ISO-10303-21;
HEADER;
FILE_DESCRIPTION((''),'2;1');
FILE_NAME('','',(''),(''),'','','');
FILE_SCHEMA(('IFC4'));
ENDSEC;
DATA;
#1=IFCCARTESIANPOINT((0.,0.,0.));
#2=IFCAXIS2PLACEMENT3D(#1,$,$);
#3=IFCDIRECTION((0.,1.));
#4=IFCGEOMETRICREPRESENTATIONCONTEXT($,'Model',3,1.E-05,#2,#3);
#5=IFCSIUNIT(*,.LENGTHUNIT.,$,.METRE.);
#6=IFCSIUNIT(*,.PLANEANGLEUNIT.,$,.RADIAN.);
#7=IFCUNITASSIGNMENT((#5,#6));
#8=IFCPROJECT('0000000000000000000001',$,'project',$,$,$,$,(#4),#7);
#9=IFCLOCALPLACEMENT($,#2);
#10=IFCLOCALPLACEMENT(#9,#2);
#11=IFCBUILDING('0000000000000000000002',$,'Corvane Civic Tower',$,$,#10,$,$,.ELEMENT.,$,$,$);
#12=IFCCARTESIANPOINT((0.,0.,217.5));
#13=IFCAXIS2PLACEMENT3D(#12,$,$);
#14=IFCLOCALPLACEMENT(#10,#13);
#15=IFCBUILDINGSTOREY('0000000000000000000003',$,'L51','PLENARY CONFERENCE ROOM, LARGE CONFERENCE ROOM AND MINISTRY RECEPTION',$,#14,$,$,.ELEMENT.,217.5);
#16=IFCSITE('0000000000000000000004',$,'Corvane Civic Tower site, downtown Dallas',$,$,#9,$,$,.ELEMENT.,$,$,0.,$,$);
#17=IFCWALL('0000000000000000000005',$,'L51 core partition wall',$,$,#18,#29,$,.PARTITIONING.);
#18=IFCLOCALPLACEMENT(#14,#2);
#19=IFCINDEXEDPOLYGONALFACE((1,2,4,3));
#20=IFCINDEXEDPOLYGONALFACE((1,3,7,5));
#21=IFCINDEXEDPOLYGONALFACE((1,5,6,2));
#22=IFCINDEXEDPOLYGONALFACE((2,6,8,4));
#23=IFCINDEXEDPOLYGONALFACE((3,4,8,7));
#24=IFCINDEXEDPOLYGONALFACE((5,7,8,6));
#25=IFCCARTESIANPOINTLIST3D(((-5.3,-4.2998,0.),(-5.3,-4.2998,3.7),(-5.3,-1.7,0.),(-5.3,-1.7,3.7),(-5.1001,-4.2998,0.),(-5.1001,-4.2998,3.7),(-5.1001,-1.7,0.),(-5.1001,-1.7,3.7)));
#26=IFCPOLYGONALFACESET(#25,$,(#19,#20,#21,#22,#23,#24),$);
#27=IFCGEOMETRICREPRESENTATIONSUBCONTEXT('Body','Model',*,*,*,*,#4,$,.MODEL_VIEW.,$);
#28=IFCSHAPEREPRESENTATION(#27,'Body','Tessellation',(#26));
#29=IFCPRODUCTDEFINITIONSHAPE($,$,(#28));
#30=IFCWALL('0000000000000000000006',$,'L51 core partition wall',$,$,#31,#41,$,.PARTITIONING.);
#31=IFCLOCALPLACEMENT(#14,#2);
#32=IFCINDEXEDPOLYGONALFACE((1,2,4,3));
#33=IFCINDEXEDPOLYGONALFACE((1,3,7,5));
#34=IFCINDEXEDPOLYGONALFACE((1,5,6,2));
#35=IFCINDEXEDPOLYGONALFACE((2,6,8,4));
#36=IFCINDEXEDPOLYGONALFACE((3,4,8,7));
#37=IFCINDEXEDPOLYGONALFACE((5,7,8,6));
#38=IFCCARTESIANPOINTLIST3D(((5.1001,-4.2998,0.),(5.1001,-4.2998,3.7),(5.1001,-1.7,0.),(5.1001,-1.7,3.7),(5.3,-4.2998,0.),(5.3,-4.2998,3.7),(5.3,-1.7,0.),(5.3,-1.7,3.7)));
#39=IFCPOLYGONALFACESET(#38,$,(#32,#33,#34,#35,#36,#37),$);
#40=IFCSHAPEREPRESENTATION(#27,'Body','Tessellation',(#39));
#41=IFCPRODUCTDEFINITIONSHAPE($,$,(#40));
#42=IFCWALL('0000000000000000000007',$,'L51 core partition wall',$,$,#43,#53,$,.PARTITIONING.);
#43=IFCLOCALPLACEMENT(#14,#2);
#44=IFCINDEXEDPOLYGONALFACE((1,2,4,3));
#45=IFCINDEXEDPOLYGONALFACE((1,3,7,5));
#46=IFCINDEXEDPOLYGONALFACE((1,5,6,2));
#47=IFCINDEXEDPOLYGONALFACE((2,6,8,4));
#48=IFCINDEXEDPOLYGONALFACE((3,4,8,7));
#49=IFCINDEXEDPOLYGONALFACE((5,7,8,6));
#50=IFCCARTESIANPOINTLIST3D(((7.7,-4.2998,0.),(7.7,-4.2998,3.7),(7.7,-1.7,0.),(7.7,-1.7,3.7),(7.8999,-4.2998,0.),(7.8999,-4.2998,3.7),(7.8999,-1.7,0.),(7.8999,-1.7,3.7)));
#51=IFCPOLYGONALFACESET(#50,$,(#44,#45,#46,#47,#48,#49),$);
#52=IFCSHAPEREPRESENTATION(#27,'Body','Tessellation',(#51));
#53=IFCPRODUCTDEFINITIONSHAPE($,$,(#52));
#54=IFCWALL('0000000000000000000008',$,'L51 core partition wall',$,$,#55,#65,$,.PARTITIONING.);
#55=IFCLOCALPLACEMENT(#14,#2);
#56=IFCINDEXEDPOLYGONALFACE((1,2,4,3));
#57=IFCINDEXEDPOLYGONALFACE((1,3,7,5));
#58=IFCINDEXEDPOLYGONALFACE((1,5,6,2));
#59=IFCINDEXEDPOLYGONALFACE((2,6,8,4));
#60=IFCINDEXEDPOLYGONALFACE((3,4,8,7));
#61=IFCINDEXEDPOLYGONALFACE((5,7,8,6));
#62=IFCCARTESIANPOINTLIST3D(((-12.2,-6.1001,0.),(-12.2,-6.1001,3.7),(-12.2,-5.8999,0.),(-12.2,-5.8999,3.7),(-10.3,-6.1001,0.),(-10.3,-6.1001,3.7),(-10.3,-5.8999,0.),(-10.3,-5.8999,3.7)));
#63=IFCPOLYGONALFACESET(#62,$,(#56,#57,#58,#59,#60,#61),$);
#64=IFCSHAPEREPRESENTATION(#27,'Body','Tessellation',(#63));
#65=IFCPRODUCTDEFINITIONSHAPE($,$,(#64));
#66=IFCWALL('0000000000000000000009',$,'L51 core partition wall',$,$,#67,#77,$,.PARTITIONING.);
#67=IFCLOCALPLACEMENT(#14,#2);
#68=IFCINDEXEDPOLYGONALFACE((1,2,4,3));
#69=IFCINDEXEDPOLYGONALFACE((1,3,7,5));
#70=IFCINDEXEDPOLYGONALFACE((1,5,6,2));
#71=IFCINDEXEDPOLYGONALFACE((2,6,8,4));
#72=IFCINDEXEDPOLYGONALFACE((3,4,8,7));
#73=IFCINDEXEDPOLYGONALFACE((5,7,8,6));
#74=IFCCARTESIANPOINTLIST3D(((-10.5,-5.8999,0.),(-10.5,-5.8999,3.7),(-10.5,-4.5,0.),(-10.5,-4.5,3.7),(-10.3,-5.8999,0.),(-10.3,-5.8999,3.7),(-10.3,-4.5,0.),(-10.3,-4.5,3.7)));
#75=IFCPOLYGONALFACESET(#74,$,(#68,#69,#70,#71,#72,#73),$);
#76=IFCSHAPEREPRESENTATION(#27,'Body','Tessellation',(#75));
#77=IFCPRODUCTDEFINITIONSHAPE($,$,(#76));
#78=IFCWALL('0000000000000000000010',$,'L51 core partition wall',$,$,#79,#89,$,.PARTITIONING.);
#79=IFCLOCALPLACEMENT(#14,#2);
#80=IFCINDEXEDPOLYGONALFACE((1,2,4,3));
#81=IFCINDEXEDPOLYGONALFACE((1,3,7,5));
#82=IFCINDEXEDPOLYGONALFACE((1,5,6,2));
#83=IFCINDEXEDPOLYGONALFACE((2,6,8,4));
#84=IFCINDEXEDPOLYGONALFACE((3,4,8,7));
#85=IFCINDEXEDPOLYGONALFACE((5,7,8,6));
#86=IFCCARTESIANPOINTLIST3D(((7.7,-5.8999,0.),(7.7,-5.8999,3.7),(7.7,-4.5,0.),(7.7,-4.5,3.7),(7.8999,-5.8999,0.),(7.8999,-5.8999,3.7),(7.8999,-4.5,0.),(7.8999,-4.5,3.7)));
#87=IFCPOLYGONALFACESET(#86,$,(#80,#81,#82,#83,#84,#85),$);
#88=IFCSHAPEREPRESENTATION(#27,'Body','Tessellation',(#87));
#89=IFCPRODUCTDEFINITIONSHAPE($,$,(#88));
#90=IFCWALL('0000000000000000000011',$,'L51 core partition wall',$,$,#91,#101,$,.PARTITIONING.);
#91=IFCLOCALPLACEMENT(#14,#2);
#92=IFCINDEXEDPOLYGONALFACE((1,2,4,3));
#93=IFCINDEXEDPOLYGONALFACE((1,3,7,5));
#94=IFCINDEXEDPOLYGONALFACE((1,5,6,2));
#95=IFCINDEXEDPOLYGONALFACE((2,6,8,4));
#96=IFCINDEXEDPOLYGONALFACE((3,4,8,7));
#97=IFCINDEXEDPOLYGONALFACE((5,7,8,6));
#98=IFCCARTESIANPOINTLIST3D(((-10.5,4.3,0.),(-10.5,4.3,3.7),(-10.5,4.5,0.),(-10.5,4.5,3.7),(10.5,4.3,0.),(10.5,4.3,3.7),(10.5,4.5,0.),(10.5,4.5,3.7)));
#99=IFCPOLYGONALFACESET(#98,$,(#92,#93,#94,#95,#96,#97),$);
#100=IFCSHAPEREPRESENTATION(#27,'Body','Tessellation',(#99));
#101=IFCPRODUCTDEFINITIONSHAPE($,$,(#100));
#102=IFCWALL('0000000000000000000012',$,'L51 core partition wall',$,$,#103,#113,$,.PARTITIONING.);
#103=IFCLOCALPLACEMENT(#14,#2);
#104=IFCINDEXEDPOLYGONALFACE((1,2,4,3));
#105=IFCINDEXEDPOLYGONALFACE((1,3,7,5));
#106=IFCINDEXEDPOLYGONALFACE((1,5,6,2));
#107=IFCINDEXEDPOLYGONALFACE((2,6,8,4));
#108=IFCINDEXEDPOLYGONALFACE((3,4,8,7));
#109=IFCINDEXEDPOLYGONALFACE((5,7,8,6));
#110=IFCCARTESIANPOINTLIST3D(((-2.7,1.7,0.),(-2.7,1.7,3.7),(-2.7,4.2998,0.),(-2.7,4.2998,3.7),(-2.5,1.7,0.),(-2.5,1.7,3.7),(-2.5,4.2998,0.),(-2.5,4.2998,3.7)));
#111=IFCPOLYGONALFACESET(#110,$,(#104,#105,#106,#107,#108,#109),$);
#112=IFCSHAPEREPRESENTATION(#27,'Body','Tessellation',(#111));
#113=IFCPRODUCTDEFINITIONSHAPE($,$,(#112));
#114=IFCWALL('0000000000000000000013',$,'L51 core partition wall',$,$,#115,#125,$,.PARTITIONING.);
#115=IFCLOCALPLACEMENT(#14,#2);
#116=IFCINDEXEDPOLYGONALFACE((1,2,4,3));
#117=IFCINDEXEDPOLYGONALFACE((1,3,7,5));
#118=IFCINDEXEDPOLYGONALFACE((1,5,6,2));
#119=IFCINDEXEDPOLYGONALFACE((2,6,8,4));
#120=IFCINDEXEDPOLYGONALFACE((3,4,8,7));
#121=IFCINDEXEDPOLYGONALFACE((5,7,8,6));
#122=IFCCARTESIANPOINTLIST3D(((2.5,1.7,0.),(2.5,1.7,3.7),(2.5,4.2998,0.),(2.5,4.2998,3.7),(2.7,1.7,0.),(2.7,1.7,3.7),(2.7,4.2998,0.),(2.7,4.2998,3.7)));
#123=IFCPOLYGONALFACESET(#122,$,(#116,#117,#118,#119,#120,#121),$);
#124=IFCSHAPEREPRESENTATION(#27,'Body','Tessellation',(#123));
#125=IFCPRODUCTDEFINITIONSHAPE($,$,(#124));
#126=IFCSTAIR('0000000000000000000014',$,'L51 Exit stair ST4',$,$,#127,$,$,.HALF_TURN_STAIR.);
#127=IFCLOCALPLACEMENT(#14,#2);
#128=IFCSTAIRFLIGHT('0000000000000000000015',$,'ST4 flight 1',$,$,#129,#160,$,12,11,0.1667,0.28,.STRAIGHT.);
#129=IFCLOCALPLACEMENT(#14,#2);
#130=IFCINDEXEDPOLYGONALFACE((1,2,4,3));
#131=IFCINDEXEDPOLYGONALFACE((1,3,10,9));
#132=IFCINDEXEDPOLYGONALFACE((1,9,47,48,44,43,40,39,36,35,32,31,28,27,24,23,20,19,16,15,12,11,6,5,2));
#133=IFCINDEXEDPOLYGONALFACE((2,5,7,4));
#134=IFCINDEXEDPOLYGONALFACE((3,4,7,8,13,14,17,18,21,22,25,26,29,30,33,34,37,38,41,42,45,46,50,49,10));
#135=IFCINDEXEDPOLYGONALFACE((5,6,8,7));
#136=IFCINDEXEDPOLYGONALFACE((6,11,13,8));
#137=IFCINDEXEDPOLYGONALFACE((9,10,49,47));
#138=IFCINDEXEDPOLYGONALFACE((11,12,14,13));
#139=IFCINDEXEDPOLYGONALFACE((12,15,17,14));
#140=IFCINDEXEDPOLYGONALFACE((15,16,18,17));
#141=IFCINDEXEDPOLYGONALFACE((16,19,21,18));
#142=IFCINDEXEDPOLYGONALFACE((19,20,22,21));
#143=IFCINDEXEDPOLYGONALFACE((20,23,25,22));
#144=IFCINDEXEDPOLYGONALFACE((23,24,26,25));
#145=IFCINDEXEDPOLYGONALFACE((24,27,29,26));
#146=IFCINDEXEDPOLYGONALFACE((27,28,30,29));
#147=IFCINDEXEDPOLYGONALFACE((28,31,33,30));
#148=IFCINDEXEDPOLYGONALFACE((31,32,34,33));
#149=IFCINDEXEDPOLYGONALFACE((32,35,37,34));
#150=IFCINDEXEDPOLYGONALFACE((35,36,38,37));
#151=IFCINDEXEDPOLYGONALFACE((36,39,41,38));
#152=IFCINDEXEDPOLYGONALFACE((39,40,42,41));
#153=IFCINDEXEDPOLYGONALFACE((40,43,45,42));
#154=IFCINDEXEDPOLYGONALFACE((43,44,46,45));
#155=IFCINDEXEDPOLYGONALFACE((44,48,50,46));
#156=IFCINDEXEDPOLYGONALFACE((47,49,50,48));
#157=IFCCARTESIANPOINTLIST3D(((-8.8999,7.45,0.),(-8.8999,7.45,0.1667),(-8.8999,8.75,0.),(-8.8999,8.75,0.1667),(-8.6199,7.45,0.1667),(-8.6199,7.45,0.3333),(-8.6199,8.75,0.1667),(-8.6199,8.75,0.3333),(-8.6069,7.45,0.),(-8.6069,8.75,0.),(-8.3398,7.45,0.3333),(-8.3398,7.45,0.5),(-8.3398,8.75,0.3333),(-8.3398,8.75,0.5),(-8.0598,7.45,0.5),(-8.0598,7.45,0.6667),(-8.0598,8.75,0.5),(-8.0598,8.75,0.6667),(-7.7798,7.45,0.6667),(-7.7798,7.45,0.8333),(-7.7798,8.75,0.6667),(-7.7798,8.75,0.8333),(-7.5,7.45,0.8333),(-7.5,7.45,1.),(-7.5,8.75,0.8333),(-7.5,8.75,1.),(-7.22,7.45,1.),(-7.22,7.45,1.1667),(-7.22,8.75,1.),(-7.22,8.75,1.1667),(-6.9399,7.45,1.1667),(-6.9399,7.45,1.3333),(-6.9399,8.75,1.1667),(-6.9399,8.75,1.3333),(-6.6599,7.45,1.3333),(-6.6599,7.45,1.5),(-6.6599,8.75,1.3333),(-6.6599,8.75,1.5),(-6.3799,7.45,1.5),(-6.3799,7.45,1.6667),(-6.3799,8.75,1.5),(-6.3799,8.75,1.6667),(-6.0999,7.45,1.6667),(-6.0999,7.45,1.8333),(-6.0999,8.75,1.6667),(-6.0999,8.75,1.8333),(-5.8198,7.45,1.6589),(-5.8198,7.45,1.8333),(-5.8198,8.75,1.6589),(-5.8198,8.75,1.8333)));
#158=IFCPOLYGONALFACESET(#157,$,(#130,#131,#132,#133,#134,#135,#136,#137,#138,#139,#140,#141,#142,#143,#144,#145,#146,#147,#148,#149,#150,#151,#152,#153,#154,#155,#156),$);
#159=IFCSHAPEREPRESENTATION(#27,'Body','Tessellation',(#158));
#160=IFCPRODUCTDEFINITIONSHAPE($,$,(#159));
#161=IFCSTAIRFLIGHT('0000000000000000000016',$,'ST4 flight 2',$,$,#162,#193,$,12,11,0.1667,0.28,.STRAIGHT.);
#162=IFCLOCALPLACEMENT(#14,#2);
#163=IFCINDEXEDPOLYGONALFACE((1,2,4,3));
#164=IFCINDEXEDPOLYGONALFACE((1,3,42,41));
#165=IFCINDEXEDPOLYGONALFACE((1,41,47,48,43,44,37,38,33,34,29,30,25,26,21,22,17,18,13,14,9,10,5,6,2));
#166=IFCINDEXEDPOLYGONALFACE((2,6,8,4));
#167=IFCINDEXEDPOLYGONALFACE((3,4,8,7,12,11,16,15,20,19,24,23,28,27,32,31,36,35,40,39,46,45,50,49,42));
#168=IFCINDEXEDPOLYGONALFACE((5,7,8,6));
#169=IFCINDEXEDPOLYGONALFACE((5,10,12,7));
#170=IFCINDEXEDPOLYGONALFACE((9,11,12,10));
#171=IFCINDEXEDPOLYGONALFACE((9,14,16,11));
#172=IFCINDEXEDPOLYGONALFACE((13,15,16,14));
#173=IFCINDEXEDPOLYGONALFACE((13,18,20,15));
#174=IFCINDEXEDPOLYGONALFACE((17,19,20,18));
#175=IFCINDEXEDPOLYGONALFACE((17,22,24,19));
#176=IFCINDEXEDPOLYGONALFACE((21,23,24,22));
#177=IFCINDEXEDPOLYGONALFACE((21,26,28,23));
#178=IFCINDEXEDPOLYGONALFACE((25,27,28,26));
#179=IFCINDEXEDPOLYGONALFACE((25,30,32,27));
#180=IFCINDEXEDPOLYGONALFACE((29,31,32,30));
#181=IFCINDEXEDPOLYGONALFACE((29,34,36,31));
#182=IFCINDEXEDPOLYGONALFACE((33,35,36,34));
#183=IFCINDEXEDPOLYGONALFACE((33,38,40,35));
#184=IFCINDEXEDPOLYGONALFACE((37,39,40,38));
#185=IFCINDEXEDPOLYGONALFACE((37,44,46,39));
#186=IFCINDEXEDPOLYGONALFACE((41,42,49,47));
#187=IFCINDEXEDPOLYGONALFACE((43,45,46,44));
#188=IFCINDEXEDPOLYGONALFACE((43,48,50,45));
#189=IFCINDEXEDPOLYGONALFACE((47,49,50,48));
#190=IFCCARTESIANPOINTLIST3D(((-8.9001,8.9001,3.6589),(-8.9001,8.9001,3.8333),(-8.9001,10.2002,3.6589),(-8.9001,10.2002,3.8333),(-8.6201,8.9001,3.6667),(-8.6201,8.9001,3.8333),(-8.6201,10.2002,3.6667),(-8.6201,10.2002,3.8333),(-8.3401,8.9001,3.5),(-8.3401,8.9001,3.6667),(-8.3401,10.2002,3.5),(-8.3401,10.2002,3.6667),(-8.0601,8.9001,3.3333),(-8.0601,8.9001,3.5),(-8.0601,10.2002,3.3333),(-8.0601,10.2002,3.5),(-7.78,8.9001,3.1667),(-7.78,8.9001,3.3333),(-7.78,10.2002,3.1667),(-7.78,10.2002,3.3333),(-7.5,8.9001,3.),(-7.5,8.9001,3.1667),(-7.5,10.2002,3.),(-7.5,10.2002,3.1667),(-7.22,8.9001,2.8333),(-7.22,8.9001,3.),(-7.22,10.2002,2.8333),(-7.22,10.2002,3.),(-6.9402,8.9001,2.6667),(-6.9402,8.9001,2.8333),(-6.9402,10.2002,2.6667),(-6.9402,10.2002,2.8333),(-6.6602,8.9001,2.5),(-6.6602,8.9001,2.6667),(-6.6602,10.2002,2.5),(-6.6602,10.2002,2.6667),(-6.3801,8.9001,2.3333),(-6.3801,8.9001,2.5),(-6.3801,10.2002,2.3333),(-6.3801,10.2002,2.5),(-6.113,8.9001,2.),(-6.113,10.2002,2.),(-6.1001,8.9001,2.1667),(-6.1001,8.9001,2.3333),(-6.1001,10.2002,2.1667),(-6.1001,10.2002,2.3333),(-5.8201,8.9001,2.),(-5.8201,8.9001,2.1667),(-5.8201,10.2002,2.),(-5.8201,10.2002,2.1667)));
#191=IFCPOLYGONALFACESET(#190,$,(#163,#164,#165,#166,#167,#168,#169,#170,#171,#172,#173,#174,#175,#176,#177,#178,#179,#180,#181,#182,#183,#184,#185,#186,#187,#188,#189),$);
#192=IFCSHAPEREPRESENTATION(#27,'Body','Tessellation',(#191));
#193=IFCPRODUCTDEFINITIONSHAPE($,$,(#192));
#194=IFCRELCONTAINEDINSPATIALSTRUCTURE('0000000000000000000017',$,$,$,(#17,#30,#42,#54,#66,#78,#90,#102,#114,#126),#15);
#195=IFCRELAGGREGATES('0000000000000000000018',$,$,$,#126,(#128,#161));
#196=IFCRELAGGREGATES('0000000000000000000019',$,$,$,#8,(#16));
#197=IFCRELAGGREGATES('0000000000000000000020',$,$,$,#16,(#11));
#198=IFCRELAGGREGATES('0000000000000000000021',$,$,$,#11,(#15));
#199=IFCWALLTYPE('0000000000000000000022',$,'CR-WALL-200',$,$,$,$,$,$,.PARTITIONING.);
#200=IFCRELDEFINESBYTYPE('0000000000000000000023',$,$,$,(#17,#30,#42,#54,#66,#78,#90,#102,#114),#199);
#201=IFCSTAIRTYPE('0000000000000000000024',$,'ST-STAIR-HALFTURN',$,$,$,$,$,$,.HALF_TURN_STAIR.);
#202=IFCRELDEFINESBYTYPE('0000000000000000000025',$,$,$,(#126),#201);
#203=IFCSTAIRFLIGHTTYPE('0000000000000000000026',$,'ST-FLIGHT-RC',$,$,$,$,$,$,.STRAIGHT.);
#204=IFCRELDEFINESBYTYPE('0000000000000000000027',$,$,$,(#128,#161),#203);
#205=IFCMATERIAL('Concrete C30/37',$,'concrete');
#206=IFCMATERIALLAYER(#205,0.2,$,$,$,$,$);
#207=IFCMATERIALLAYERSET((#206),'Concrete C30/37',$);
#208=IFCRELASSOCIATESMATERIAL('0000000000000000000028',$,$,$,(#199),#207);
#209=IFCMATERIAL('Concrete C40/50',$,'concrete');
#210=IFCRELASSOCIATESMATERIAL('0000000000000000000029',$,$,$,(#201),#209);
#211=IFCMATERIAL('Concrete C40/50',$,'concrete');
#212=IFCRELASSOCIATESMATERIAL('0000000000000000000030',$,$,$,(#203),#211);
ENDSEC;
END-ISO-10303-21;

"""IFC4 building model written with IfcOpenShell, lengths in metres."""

from ifc_helpers import new_model, si_unit, direction, frame, origin, place, context, subcontext, project, spatial, polyline, outline, extrude, material, layer, layer_set, type_object, element, aggregate, save


model = new_model("IFC4")

# Units and contexts
model_context = context("Model", 3, precision=1e-05, world=origin(), true_north=direction((0.0, 1.0)))
body_context = subcontext(model_context, "Body", "Model", "MODEL_VIEW")
ifc_project = project(units=[si_unit("LENGTHUNIT", "METRE"), si_unit("PLANEANGLEUNIT", "RADIAN")], contexts=[model_context])

# Site, building, storey
site_placement = place(None, origin())
site = spatial("IfcSite", under=ifc_project, at=site_placement, Name="Corvane Civic Tower site, downtown Dallas", CompositionType="ELEMENT", RefElevation=0.0)
building_placement = place(site_placement, origin())
building = spatial("IfcBuilding", under=site, at=building_placement, Name="Corvane Civic Tower", CompositionType="ELEMENT")
storey_placement = place(building_placement, frame((0.0, 0.0, 217.5)))
storey = spatial("IfcBuildingStorey", under=building, at=storey_placement, Name="L51", Description="PLENARY CONFERENCE ROOM, LARGE CONFERENCE ROOM AND MINISTRY RECEPTION", CompositionType="ELEMENT", Elevation=217.5)

# Shared definitions
ifc_material_1 = material(Name="Concrete C30/37", Category="concrete")
ifc_layer = layer(ifc_material_1, 0.2)
ifc_layer_set = layer_set([ifc_layer], Name="Concrete C30/37")
wall_type = type_object("IfcWallType", Name="CR-WALL-200", PredefinedType="PARTITIONING", material=ifc_layer_set)

# Walls
wall_1_placement = place(storey_placement, origin())
element("IfcWall", 1, at=wall_1_placement, inside=storey, type_object=wall_type, Name="L51 core partition wall", PredefinedType="PARTITIONING", context=body_context, shape_type="SweptSolid", body=[
    extrude(outline(polyline([(-5.1001, -1.7), (-5.1001, -4.2998), (-5.3, -4.2998), (-5.3, -1.7), (-5.1001, -1.7)])), origin(), (0.0, 0.0, 1.0), 3.7),
])
wall_2_placement = place(storey_placement, origin())
element("IfcWall", 2, at=wall_2_placement, inside=storey, type_object=wall_type, Name="L51 core partition wall", PredefinedType="PARTITIONING", context=body_context, shape_type="SweptSolid", body=[
    extrude(outline(polyline([(5.3, -1.7), (5.3, -4.2998), (5.1001, -4.2998), (5.1001, -1.7), (5.3, -1.7)])), origin(), (0.0, 0.0, 1.0), 3.7),
])
wall_3_placement = place(storey_placement, origin())
element("IfcWall", 3, at=wall_3_placement, inside=storey, type_object=wall_type, Name="L51 core partition wall", PredefinedType="PARTITIONING", context=body_context, shape_type="SweptSolid", body=[
    extrude(outline(polyline([(7.8999, -1.7), (7.8999, -4.2998), (7.7, -4.2998), (7.7, -1.7), (7.8999, -1.7)])), origin(), (0.0, 0.0, 1.0), 3.7),
])
wall_4_placement = place(storey_placement, origin())
element("IfcWall", 4, at=wall_4_placement, inside=storey, type_object=wall_type, Name="L51 core partition wall", PredefinedType="PARTITIONING", context=body_context, shape_type="SweptSolid", body=[
    extrude(outline(polyline([(-10.3, -6.1001), (-12.2, -6.1001), (-12.2, -5.8999), (-10.3, -5.8999), (-10.3, -6.1001)])), origin(), (0.0, 0.0, 1.0), 3.7),
])
wall_5_placement = place(storey_placement, origin())
element("IfcWall", 5, at=wall_5_placement, inside=storey, type_object=wall_type, Name="L51 core partition wall", PredefinedType="PARTITIONING", context=body_context, shape_type="SweptSolid", body=[
    extrude(outline(polyline([(-10.3, -5.8999), (-10.5, -5.8999), (-10.5, -4.5), (-10.3, -4.5), (-10.3, -5.8999)])), origin(), (0.0, 0.0, 1.0), 3.7),
])
wall_6_placement = place(storey_placement, origin())
element("IfcWall", 6, at=wall_6_placement, inside=storey, type_object=wall_type, Name="L51 core partition wall", PredefinedType="PARTITIONING", context=body_context, shape_type="SweptSolid", body=[
    extrude(outline(polyline([(7.8999, -5.8999), (7.7, -5.8999), (7.7, -4.5), (7.8999, -4.5), (7.8999, -5.8999)])), origin(), (0.0, 0.0, 1.0), 3.7),
])
wall_7_placement = place(storey_placement, origin())
element("IfcWall", 7, at=wall_7_placement, inside=storey, type_object=wall_type, Name="L51 core partition wall", PredefinedType="PARTITIONING", context=body_context, shape_type="SweptSolid", body=[
    extrude(outline(polyline([(10.5, 4.5), (10.5, 4.3), (-10.5, 4.3), (-10.5, 4.5), (10.5, 4.5)])), origin(), (0.0, 0.0, 1.0), 3.7),
])
wall_8_placement = place(storey_placement, origin())
element("IfcWall", 8, at=wall_8_placement, inside=storey, type_object=wall_type, Name="L51 core partition wall", PredefinedType="PARTITIONING", context=body_context, shape_type="SweptSolid", body=[
    extrude(outline(polyline([(-2.5, 1.7), (-2.7, 1.7), (-2.7, 4.2998), (-2.5, 4.2998), (-2.5, 1.7)])), origin(), (0.0, 0.0, 1.0), 3.7),
])
wall_9_placement = place(storey_placement, origin())
element("IfcWall", 9, at=wall_9_placement, inside=storey, type_object=wall_type, Name="L51 core partition wall", PredefinedType="PARTITIONING", context=body_context, shape_type="SweptSolid", body=[
    extrude(outline(polyline([(2.7, 1.7), (2.5, 1.7), (2.5, 4.2998), (2.7, 4.2998), (2.7, 1.7)])), origin(), (0.0, 0.0, 1.0), 3.7),
])

# Stair, stair flights
ifc_material_2 = material(Name="Concrete C40/50", Category="concrete")
stair_type = type_object("IfcStairType", Name="ST-STAIR-HALFTURN", PredefinedType="HALF_TURN_STAIR", material=ifc_material_2)
stair_placement = place(storey_placement, origin())
stair = element("IfcStair", 10, at=stair_placement, inside=storey, type_object=stair_type, Name="L51 Exit stair ST4", PredefinedType="HALF_TURN_STAIR")
ifc_material_3 = material(Name="Concrete C40/50", Category="concrete")
stair_flight_type = type_object("IfcStairFlightType", Name="ST-FLIGHT-RC", PredefinedType="STRAIGHT", material=ifc_material_3)
stair_flight_1_placement = place(storey_placement, frame((-8.8999, 8.1001, 0.0), z_axis=(0.0, 0.0, 1.0), x_axis=(1.0, 0.0, 0.0)))
stair_flight_1 = element("IfcStairFlight", 11, at=stair_flight_1_placement, type_object=stair_flight_type, Name="ST4 flight 1", NumberOfRisers=12, NumberOfTreads=11, PredefinedType="STRAIGHT", RiserHeight=0.1667, TreadLength=0.28, context=body_context, shape_type="SweptSolid", body=[
    extrude(outline(polyline([(0.0, 0.0), (0.0, 0.1667), (0.28, 0.1667), (0.28, 0.3333), (0.5601, 0.3333), (0.5601, 0.5), (0.8401, 0.5), (0.8401, 0.6667), (1.1201, 0.6667), (1.1201, 0.8333), (1.3999, 0.8333), (1.3999, 1.0), (1.6799, 1.0), (1.6799, 1.1667), (1.96, 1.1667), (1.96, 1.3333), (2.24, 1.3333), (2.24, 1.5), (2.52, 1.5), (2.52, 1.6667), (2.8, 1.6667), (2.8, 1.8333), (3.0801, 1.8333), (3.0801, 2.0), (3.0801, 1.6589), (0.293, 0.0), (0.0, 0.0)])), frame((0.0, 0.6499, 0.0), z_axis=(0.0, -1.0, 0.0), x_axis=(1.0, 0.0, 0.0)), (0.0, 0.0, 1.0), 1.3),
])
stair_flight_2_placement = place(storey_placement, frame((-5.8201, 9.55, 2.0), z_axis=(0.0, 0.0, 1.0), x_axis=(-1.0, 0.0, 0.0)))
stair_flight_2 = element("IfcStairFlight", 12, at=stair_flight_2_placement, type_object=stair_flight_type, Name="ST4 flight 2", NumberOfRisers=12, NumberOfTreads=11, PredefinedType="STRAIGHT", RiserHeight=0.1667, TreadLength=0.28, context=body_context, shape_type="SweptSolid", body=[
    extrude(outline(polyline([(0.0, 0.0), (0.0, 0.1667), (0.28, 0.1667), (0.28, 0.3333), (0.5601, 0.3333), (0.5601, 0.5), (0.8401, 0.5), (0.8401, 0.6667), (1.1201, 0.6667), (1.1201, 0.8333), (1.3999, 0.8333), (1.3999, 1.0), (1.6799, 1.0), (1.6799, 1.1667), (1.96, 1.1667), (1.96, 1.3333), (2.24, 1.3333), (2.24, 1.5), (2.52, 1.5), (2.52, 1.6667), (2.8, 1.6667), (2.8, 1.8333), (3.0801, 1.8333), (3.0801, 2.0), (3.0801, 1.6589), (0.293, 0.0), (0.0, 0.0)])), frame((0.0, 0.6499, 0.0), z_axis=(0.0, -1.0, 0.0), x_axis=(1.0, 0.0, 0.0)), (0.0, 0.0, 1.0), 1.3),
])
aggregate(stair, [stair_flight_1, stair_flight_2])

save(model, "model.ifc")
